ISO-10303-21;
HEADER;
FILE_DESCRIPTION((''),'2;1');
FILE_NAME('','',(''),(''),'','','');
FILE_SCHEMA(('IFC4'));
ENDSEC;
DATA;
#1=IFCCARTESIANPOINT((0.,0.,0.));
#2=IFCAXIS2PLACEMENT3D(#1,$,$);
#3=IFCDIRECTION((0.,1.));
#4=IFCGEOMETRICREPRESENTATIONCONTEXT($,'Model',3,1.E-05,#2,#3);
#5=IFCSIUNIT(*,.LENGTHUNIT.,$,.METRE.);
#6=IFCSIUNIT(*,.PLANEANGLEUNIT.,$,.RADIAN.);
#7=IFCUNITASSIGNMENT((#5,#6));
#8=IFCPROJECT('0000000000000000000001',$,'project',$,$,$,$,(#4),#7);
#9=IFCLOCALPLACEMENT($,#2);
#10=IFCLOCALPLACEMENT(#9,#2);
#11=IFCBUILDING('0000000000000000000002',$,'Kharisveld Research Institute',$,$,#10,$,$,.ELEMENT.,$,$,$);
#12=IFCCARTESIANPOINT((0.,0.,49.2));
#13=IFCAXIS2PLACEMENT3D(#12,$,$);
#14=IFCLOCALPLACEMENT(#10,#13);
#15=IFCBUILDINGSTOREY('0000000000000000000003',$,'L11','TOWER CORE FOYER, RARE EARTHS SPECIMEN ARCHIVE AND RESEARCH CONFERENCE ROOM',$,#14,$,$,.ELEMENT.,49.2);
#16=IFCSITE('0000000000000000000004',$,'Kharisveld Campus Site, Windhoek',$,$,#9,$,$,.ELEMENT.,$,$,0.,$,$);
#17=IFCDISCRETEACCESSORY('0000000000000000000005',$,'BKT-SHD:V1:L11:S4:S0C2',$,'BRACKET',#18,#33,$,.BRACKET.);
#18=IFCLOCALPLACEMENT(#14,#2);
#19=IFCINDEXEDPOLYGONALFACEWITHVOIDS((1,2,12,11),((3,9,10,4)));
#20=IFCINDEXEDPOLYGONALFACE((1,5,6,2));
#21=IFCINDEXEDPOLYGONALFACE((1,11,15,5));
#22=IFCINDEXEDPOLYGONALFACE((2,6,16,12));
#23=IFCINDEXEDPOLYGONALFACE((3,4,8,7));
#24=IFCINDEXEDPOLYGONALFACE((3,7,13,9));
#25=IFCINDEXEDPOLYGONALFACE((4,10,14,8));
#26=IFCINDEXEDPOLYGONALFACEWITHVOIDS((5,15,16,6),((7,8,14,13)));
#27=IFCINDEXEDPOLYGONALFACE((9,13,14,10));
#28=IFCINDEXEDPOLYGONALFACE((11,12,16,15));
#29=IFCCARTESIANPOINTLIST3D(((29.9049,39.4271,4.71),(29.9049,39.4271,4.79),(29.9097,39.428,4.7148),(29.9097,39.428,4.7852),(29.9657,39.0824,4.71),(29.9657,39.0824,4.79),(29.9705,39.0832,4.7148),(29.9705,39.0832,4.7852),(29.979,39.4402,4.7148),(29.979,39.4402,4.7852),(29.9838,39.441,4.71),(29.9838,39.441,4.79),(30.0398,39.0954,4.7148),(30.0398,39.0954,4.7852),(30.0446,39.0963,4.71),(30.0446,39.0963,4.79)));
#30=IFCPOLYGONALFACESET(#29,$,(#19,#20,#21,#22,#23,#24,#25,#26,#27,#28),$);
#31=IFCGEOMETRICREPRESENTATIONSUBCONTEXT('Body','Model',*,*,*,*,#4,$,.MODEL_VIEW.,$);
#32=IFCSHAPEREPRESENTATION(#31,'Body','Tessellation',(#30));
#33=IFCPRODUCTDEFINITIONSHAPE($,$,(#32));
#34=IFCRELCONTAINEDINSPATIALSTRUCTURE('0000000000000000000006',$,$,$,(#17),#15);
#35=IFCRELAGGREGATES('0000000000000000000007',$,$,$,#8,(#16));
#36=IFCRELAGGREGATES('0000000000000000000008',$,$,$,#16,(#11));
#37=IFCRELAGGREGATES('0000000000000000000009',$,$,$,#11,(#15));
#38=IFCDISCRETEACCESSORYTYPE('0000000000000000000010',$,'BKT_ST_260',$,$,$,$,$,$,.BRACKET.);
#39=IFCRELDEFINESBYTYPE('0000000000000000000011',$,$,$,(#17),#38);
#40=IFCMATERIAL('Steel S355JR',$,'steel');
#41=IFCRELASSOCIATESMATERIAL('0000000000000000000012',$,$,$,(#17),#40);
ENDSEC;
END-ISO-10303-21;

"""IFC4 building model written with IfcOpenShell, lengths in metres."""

from ifc_helpers import new_model, si_unit, direction, frame, origin, origin_2d, place, context, subcontext, project, spatial, hollow_rectangle, extrude, material, type_object, element, save


model = new_model("IFC4")

# Units and contexts
model_context = context("Model", 3, precision=1e-05, world=origin(), true_north=direction((0.0, 1.0)))
body_context = subcontext(model_context, "Body", "Model", "MODEL_VIEW")
ifc_project = project(units=[si_unit("LENGTHUNIT", "METRE"), si_unit("PLANEANGLEUNIT", "RADIAN")], contexts=[model_context])

# Site, building, storey
site_placement = place(None, origin())
site = spatial("IfcSite", under=ifc_project, at=site_placement, Name="Kharisveld Campus Site, Windhoek", CompositionType="ELEMENT", RefElevation=0.0)
building_placement = place(site_placement, origin())
building = spatial("IfcBuilding", under=site, at=building_placement, Name="Kharisveld Research Institute", CompositionType="ELEMENT")
storey_placement = place(building_placement, frame((0.0, 0.0, 49.2)))
storey = spatial("IfcBuildingStorey", under=building, at=storey_placement, Name="L11", Description="TOWER CORE FOYER, RARE EARTHS SPECIMEN ARCHIVE AND RESEARCH CONFERENCE ROOM", CompositionType="ELEMENT", Elevation=49.2)

# Discrete accessory
ifc_material_1 = material(Name="Steel S355JR", Category="steel")
discrete_accessory_type = type_object("IfcDiscreteAccessoryType", Name="BKT_ST_260", PredefinedType="BRACKET")
for number, where, z_axis, x_axis, name in (
    (1, (29.9443, 39.4341, 4.75), (0.173666, -0.984805, 0.0), (0.984805, 0.173666, 0.0), "BKT-SHD:V1:L11:S4:S0C2"),
):
    element("IfcDiscreteAccessory", number, at=place(storey_placement, frame(where, z_axis=z_axis, x_axis=x_axis)), inside=storey, type_object=discrete_accessory_type, material=ifc_material_1, Name=name, ObjectType="BRACKET", PredefinedType="BRACKET", context=body_context, shape_type="SweptSolid", body=[
        extrude(hollow_rectangle(XDim=0.0801, YDim=0.0801, WallThickness=0.0049, at=origin_2d()), origin(), (0.0, 0.0, 1.0), 0.3501),
    ])

save(model, "model.ifc")
